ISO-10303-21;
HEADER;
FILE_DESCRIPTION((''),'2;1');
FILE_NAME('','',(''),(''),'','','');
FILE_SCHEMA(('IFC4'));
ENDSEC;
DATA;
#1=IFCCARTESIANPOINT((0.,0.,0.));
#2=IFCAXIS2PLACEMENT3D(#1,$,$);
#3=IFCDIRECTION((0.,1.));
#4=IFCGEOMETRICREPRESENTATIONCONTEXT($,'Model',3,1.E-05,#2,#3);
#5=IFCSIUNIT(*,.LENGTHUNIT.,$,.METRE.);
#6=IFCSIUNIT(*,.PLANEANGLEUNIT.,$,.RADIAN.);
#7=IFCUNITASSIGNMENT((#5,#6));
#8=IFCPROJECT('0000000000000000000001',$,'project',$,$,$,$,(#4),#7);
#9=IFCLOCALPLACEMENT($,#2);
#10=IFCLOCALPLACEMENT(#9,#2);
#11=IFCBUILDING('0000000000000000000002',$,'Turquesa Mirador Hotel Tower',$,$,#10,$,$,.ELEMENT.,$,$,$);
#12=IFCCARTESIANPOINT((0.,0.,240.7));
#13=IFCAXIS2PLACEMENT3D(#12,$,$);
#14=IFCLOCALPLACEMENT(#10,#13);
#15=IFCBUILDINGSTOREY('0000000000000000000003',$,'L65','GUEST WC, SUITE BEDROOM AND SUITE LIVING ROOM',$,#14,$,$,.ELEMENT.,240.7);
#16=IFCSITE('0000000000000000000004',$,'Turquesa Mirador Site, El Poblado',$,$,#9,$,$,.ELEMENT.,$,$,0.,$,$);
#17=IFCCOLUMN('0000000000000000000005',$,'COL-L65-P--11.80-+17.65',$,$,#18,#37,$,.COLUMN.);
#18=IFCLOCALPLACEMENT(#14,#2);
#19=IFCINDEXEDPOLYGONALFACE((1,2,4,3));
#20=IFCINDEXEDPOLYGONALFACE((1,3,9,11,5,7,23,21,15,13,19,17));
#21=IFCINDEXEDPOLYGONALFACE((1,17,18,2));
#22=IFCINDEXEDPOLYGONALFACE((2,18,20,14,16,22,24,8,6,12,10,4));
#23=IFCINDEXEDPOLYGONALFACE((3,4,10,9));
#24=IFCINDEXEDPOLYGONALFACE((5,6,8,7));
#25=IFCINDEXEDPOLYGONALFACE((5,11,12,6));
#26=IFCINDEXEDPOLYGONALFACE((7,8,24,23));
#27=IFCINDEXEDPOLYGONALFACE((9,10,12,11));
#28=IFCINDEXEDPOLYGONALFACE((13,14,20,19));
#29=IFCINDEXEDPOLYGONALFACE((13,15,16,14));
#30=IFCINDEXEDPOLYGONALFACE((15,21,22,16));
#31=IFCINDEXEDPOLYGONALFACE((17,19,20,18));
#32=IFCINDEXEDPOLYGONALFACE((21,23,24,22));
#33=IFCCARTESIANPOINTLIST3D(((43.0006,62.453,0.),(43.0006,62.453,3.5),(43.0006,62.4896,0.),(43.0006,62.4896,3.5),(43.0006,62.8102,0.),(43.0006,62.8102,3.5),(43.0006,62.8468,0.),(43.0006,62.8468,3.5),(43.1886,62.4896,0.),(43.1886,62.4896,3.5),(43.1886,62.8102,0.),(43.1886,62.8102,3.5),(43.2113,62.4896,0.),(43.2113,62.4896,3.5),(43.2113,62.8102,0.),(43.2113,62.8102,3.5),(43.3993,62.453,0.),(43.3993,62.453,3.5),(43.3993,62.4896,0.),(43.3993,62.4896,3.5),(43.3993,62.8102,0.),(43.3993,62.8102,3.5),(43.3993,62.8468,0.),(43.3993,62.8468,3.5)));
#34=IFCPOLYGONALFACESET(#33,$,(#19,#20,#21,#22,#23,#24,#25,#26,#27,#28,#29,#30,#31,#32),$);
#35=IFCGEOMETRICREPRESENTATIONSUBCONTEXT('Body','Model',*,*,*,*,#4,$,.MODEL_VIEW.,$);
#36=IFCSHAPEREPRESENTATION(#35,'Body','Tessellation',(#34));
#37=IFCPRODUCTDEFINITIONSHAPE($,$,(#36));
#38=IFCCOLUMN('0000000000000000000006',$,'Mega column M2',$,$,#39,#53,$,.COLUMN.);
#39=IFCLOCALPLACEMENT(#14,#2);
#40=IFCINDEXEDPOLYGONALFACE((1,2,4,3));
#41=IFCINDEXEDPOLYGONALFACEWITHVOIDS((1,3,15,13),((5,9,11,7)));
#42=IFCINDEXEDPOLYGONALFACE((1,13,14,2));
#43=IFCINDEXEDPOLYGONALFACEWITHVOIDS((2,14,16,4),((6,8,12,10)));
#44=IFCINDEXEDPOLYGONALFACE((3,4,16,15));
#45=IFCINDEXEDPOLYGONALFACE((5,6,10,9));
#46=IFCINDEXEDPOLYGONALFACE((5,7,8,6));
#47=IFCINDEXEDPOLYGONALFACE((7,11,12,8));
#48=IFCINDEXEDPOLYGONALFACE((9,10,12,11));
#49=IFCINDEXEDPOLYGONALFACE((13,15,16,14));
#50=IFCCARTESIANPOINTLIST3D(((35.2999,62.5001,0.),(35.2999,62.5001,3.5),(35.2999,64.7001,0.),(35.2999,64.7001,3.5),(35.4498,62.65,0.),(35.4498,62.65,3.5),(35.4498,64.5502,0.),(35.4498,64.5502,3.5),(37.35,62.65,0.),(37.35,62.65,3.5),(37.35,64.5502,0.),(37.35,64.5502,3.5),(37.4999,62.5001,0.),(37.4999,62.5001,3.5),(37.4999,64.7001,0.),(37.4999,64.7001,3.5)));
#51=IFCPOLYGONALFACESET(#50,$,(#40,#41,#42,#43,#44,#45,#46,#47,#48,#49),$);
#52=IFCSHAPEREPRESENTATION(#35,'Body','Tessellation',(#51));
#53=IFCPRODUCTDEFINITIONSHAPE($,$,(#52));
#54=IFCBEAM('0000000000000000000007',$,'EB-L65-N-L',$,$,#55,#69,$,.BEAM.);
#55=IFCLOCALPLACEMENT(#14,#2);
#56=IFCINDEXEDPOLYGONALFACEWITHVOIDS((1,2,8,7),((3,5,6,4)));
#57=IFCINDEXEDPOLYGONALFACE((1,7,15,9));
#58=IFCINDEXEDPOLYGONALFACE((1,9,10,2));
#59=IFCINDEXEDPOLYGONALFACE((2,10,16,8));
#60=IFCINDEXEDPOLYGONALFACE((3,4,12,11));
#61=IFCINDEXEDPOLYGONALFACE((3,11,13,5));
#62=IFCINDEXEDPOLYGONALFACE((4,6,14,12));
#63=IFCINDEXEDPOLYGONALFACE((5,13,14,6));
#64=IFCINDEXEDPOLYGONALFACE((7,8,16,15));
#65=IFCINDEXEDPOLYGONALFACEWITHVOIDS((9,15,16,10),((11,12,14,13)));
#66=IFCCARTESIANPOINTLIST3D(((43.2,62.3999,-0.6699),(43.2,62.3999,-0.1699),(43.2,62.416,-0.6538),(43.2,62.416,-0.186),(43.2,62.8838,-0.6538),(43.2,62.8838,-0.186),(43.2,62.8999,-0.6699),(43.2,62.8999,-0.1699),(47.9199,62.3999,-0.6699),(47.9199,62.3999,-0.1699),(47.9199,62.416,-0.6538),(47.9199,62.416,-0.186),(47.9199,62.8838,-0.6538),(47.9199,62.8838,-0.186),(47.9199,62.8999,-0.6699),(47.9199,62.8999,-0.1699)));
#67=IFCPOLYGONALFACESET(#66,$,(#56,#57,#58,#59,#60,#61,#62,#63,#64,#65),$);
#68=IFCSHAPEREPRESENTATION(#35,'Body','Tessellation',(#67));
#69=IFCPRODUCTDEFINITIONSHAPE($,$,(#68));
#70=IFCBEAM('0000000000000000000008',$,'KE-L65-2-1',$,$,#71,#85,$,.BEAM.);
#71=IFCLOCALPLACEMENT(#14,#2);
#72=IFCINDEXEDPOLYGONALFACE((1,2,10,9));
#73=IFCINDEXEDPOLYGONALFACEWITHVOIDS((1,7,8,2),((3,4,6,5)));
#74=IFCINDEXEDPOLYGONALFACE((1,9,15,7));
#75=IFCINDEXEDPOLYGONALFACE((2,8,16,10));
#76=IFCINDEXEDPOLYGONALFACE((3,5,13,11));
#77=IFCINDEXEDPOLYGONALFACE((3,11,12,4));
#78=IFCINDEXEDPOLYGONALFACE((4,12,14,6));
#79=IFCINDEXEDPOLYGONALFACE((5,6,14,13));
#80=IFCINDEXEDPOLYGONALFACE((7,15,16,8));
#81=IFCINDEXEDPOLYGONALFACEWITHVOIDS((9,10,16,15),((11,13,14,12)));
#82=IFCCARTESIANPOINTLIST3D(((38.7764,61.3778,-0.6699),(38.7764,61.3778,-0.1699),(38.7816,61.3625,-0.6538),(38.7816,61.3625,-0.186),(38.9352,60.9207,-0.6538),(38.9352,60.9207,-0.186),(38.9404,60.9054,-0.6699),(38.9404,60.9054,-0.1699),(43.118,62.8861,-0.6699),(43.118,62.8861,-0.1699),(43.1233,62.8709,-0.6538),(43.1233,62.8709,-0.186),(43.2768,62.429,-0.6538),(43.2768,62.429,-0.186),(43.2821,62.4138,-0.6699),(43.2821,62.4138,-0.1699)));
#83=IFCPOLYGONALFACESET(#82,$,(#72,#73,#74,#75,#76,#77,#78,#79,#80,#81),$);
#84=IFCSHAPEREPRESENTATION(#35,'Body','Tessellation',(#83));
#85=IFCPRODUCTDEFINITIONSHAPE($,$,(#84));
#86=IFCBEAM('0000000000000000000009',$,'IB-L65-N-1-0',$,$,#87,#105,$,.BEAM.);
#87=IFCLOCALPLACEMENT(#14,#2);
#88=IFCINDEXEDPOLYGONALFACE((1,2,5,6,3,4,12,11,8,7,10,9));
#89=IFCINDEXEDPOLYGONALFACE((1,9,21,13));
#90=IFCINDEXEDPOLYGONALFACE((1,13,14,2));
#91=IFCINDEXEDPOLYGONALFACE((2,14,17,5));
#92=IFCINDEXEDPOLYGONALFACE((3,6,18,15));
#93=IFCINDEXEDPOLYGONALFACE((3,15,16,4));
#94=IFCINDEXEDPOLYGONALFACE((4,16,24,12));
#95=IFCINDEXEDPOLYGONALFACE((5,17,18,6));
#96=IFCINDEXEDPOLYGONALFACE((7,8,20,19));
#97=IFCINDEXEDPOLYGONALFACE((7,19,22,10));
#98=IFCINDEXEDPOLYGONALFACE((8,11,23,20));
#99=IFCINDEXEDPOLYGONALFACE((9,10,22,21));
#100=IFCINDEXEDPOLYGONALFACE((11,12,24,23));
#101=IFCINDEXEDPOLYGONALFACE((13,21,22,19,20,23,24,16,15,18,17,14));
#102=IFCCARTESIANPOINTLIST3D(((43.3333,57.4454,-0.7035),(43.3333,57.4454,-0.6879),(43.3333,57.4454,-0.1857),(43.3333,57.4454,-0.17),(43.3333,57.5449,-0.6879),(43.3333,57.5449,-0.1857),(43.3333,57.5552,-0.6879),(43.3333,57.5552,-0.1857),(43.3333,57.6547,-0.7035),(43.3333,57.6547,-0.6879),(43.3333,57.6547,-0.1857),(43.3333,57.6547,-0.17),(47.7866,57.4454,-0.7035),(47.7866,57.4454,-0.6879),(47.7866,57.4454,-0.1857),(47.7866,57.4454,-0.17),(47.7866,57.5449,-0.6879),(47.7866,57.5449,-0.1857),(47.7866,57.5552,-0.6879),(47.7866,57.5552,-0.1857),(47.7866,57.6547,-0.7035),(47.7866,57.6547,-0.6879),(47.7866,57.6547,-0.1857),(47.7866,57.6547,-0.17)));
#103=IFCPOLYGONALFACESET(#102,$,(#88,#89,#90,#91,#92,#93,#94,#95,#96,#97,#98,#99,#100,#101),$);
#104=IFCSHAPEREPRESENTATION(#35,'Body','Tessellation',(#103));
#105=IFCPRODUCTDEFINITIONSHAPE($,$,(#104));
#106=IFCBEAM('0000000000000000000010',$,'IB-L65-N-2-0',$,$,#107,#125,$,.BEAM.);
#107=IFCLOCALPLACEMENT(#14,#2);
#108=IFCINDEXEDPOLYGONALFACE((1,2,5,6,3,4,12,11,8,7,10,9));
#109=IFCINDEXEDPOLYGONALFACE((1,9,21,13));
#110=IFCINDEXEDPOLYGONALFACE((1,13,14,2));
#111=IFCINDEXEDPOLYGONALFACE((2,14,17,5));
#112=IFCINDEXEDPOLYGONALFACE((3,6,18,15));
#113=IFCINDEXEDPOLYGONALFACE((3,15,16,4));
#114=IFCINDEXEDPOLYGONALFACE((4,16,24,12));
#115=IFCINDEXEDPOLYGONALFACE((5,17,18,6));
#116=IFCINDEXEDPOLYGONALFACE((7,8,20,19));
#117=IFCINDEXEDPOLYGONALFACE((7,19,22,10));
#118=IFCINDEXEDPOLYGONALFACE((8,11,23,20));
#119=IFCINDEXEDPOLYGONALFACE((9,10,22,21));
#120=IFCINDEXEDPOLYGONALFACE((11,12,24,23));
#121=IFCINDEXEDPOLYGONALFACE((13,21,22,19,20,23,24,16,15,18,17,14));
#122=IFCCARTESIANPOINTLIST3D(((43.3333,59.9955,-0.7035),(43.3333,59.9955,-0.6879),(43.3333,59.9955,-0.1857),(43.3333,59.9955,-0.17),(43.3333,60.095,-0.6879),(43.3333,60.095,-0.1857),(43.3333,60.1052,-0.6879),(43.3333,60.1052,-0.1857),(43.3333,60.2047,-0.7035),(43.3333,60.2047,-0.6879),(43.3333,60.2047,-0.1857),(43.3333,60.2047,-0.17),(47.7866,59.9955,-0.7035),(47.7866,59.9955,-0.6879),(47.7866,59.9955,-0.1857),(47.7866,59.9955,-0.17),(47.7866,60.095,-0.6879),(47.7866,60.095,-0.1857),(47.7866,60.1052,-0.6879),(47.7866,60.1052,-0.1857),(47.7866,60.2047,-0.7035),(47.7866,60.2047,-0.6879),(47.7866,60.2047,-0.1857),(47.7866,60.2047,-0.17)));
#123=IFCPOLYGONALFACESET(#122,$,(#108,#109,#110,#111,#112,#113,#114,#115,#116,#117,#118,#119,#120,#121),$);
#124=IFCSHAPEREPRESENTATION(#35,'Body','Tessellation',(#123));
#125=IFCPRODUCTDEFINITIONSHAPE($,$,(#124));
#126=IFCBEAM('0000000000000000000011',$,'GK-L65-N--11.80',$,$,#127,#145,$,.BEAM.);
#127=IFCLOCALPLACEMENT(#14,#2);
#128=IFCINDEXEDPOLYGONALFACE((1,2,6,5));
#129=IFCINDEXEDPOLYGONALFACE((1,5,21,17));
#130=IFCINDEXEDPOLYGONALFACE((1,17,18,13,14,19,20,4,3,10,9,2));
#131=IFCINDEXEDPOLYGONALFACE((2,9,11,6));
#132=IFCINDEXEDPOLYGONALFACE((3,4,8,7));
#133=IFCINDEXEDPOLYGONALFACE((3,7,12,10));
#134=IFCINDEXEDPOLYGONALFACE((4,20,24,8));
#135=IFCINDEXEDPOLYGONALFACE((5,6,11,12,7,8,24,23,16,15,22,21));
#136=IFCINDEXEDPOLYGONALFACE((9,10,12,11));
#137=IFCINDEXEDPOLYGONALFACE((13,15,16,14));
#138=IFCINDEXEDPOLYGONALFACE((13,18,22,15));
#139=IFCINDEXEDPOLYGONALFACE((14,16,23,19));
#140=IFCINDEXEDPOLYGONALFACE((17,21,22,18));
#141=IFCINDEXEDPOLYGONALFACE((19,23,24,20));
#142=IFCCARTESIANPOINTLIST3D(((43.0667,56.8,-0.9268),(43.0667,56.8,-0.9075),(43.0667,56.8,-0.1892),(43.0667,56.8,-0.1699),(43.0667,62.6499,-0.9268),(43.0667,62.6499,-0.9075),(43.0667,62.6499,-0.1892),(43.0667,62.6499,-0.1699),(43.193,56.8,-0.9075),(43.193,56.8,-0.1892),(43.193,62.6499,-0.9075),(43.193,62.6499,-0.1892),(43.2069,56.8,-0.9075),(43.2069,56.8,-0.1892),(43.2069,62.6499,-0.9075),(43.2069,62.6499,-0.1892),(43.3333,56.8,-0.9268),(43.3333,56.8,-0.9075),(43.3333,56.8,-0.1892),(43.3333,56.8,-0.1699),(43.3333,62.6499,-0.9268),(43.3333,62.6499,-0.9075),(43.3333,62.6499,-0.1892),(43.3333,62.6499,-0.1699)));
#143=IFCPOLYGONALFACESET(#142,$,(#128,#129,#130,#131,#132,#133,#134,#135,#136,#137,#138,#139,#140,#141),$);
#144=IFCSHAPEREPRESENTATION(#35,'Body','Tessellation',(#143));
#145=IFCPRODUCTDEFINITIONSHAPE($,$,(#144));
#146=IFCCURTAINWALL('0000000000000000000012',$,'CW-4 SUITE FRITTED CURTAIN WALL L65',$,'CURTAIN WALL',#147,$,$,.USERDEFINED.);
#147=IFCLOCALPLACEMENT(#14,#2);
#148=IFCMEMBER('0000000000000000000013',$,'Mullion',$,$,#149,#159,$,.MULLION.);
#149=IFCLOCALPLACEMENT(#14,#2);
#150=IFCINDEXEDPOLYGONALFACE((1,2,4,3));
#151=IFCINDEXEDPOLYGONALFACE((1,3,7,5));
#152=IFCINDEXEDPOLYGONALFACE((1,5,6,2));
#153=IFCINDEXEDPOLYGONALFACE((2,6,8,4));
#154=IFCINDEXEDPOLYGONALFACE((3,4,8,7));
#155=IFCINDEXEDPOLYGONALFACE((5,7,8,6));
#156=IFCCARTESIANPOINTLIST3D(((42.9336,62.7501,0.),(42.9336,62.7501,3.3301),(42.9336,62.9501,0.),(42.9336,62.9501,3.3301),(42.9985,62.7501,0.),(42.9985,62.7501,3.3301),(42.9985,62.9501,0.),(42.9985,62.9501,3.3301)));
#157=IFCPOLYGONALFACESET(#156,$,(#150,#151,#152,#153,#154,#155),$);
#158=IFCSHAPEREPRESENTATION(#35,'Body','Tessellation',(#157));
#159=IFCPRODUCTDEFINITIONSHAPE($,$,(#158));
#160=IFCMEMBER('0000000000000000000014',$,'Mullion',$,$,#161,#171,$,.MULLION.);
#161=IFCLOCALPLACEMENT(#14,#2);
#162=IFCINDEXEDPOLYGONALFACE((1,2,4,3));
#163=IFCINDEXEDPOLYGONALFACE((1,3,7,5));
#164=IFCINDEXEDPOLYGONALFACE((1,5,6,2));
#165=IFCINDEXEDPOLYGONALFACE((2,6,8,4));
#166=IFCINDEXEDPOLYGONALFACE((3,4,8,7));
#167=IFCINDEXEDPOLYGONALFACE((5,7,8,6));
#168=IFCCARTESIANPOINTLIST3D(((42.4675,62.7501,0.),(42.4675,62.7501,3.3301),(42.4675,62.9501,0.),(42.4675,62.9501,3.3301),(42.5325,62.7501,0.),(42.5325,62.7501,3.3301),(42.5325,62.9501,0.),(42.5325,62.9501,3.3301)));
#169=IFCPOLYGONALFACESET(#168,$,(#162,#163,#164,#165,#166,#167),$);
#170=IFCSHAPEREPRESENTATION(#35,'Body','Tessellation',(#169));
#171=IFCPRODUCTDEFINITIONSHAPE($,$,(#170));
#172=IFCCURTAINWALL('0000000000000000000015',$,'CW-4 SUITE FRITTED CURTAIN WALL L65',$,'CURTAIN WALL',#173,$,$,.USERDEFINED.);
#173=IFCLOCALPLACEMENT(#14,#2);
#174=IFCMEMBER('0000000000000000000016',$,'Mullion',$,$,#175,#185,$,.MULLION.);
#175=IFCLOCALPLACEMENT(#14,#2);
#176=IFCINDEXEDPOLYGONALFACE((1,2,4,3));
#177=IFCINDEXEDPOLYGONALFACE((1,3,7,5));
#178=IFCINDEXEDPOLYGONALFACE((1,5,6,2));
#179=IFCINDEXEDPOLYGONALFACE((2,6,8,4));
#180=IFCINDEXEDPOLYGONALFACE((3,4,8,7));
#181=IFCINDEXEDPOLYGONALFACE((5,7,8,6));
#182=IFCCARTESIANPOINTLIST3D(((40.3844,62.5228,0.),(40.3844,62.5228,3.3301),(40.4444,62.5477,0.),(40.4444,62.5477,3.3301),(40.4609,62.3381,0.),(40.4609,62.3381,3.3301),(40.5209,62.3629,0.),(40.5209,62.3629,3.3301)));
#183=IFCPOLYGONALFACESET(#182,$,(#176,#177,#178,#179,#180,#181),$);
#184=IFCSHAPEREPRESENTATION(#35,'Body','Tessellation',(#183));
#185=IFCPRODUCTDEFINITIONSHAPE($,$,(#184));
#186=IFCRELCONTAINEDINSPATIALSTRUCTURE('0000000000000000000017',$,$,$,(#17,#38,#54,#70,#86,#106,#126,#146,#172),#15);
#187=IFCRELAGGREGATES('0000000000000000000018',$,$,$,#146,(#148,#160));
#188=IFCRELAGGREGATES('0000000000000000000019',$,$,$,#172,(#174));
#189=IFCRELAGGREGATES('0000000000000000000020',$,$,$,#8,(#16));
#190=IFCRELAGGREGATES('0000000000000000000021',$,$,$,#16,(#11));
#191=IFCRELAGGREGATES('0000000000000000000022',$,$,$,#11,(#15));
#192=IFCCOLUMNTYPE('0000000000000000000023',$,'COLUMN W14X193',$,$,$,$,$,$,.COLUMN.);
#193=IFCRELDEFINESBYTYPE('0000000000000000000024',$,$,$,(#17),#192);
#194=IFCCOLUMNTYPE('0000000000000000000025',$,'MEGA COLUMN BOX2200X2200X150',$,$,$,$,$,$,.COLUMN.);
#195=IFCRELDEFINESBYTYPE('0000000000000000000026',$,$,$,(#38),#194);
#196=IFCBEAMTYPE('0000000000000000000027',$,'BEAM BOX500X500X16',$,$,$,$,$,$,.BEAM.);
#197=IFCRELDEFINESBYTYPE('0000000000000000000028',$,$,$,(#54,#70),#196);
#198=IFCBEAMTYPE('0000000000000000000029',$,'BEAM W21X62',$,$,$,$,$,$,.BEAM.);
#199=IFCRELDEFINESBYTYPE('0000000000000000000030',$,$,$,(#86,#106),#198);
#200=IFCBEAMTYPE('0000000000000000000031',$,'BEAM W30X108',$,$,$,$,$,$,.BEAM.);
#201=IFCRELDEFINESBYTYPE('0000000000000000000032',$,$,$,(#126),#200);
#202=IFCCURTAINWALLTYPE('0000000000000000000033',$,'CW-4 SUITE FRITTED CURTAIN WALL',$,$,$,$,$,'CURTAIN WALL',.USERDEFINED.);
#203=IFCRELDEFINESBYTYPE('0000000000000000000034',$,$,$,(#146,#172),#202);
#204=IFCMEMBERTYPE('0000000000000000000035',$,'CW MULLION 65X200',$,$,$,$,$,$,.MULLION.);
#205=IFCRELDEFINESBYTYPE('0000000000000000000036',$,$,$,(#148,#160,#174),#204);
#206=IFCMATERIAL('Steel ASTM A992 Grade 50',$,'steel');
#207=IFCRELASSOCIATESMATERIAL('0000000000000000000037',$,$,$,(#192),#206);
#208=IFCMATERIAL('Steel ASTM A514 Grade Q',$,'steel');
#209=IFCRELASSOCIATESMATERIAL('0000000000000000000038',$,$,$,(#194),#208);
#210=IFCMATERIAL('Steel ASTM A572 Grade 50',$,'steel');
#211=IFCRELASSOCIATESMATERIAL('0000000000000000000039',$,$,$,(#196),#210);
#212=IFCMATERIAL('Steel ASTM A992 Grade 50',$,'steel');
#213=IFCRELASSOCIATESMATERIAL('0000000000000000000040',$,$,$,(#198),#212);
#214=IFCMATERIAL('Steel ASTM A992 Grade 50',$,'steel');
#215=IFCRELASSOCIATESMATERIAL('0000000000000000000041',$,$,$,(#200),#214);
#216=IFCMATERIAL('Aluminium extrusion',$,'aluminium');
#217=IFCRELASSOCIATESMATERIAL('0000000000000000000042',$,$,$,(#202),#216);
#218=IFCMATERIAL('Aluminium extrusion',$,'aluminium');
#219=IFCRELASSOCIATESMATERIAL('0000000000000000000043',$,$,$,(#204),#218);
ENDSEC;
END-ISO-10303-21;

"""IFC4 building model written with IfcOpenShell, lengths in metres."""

from ifc_helpers import new_model, si_unit, direction, frame, origin, origin_2d, place, context, subcontext, project, spatial, rectangle, hollow_rectangle, i_section, extrude, material, material_profile, profile_set, type_object, element, aggregate, save


model = new_model("IFC4")

# Units and contexts
model_context = context("Model", 3, precision=1e-05, world=origin(), true_north=direction((0.0, 1.0)))
body_context = subcontext(model_context, "Body", "Model", "MODEL_VIEW")
ifc_project = project(units=[si_unit("LENGTHUNIT", "METRE"), si_unit("PLANEANGLEUNIT", "RADIAN")], contexts=[model_context])

# Site, building, storey
site_placement = place(None, origin())
site = spatial("IfcSite", under=ifc_project, at=site_placement, Name="Turquesa Mirador Site, El Poblado", CompositionType="ELEMENT", RefElevation=0.0)
building_placement = place(site_placement, origin())
building = spatial("IfcBuilding", under=site, at=building_placement, Name="Turquesa Mirador Hotel Tower", CompositionType="ELEMENT")
storey_placement = place(building_placement, frame((0.0, 0.0, 240.7)))
storey = spatial("IfcBuildingStorey", under=building, at=storey_placement, Name="L65", Description="GUEST WC, SUITE BEDROOM AND SUITE LIVING ROOM", CompositionType="ELEMENT", Elevation=240.7)

# Columns
ifc_material_1 = material(Name="Steel ASTM A992 Grade 50", Category="steel")
ifc_material_profile_1 = material_profile(ifc_material_1, i_section(OverallWidth=0.3987, OverallDepth=0.3938, WebThickness=0.0227, FlangeThickness=0.0366, at=origin_2d()), Name="W14X193")
ifc_profile_set_1 = profile_set([ifc_material_profile_1], Name="Steel ASTM A992 Grade 50")
column_type_1 = type_object("IfcColumnType", Name="COLUMN W14X193", PredefinedType="COLUMN", material=ifc_profile_set_1)
column_1_placement = place(storey_placement, frame((43.2, 62.6499, 0.0), z_axis=(0.0, 0.0, 1.0), x_axis=(1.0, 0.0, 0.0)))
element("IfcColumn", 1, at=column_1_placement, inside=storey, type_object=column_type_1, Name="COL-L65-P--11.80-+17.65", PredefinedType="COLUMN", context=body_context, shape_type="SweptSolid", body=[
    extrude(i_section(OverallWidth=0.3987, OverallDepth=0.3938, WebThickness=0.0227, FlangeThickness=0.0366, at=origin_2d()), origin(), (0.0, 0.0, 1.0), 3.5),
])
ifc_material_2 = material(Name="Steel ASTM A514 Grade Q", Category="steel")
ifc_material_profile_2 = material_profile(ifc_material_2, hollow_rectangle(XDim=2.2, YDim=2.2, WallThickness=0.1499, at=origin_2d()), Name="BOX2200X2200X150")
ifc_profile_set_2 = profile_set([ifc_material_profile_2], Name="Steel ASTM A514 Grade Q")
column_type_2 = type_object("IfcColumnType", Name="MEGA COLUMN BOX2200X2200X150", PredefinedType="COLUMN", material=ifc_profile_set_2)
column_2_placement = place(storey_placement, frame((36.3999, 63.6001, 0.0), z_axis=(0.0, 0.0, 1.0), x_axis=(1.0, 0.0, 0.0)))
element("IfcColumn", 2, at=column_2_placement, inside=storey, type_object=column_type_2, Name="Mega column M2", PredefinedType="COLUMN", context=body_context, shape_type="SweptSolid", body=[
    extrude(hollow_rectangle(XDim=2.2, YDim=2.2, WallThickness=0.1499, at=origin_2d()), origin(), (0.0, 0.0, 1.0), 3.5),
])

# Beams
ifc_material_3 = material(Name="Steel ASTM A572 Grade 50", Category="steel")
ifc_material_profile_3 = material_profile(ifc_material_3, hollow_rectangle(XDim=0.5, YDim=0.5, WallThickness=0.0161, at=origin_2d()), Name="BOX500X500X16")
ifc_profile_set_3 = profile_set([ifc_material_profile_3], Name="Steel ASTM A572 Grade 50")
beam_type_1 = type_object("IfcBeamType", Name="BEAM BOX500X500X16", PredefinedType="BEAM", material=ifc_profile_set_3)
beam_1_placement = place(storey_placement, frame((43.2, 62.6499, -0.4199), z_axis=(1.0, 0.0, 0.0), x_axis=(0.0, 1.0, 0.0)))
element("IfcBeam", 3, at=beam_1_placement, inside=storey, type_object=beam_type_1, Name="EB-L65-N-L", PredefinedType="BEAM", context=body_context, shape_type="SweptSolid", body=[
    extrude(hollow_rectangle(XDim=0.5, YDim=0.5, WallThickness=0.0161, at=origin_2d()), origin(), (0.0, 0.0, 1.0), 4.72),
])
beam_2_placement = place(storey_placement, frame((38.8584, 61.1416, -0.4199), z_axis=(0.944619, 0.32817, 0.0), x_axis=(-0.32817, 0.944619, 0.0)))
element("IfcBeam", 4, at=beam_2_placement, inside=storey, type_object=beam_type_1, Name="KE-L65-2-1", PredefinedType="BEAM", context=body_context, shape_type="SweptSolid", body=[
    extrude(hollow_rectangle(XDim=0.5, YDim=0.5, WallThickness=0.0161, at=origin_2d()), origin(), (0.0, 0.0, 1.0), 4.5962),
])
ifc_material_4 = material(Name="Steel ASTM A992 Grade 50", Category="steel")
ifc_material_profile_4 = material_profile(ifc_material_4, i_section(OverallWidth=0.2092, OverallDepth=0.5334, WebThickness=0.0103, FlangeThickness=0.0156, at=origin_2d()), Name="W21X62")
ifc_profile_set_4 = profile_set([ifc_material_profile_4], Name="Steel ASTM A992 Grade 50")
beam_type_2 = type_object("IfcBeamType", Name="BEAM W21X62", PredefinedType="BEAM", material=ifc_profile_set_4)
for number, where, z_axis, x_axis, name in (
    (5, (43.3333, 57.55, -0.4368), (1.0, 0.0, 0.0), (0.0, 1.0, 0.0), "IB-L65-N-1-0"),
    (6, (43.3333, 60.1001, -0.4368), (1.0, 0.0, 0.0), (0.0, 1.0, 0.0), "IB-L65-N-2-0"),
):
    element("IfcBeam", number, at=place(storey_placement, frame(where, z_axis=z_axis, x_axis=x_axis)), inside=storey, type_object=beam_type_2, Name=name, PredefinedType="BEAM", context=body_context, shape_type="SweptSolid", body=[
        extrude(i_section(OverallWidth=0.2092, OverallDepth=0.5334, WebThickness=0.0103, FlangeThickness=0.0156, at=origin_2d()), origin(), (0.0, 0.0, 1.0), 4.4534),
    ])
ifc_material_5 = material(Name="Steel ASTM A992 Grade 50", Category="steel")
ifc_material_profile_5 = material_profile(ifc_material_5, i_section(OverallWidth=0.2666, OverallDepth=0.7568, WebThickness=0.0139, FlangeThickness=0.0193, at=origin_2d()), Name="W30X108")
ifc_profile_set_5 = profile_set([ifc_material_profile_5], Name="Steel ASTM A992 Grade 50")
beam_type_3 = type_object("IfcBeamType", Name="BEAM W30X108", PredefinedType="BEAM", material=ifc_profile_set_5)
beam_3_placement = place(storey_placement, frame((43.2, 62.6499, -0.5483), z_axis=(0.0, -1.0, 0.0), x_axis=(1.0, 0.0, 0.0)))
element("IfcBeam", 7, at=beam_3_placement, inside=storey, type_object=beam_type_3, Name="GK-L65-N--11.80", PredefinedType="BEAM", context=body_context, shape_type="SweptSolid", body=[
    extrude(i_section(OverallWidth=0.2666, OverallDepth=0.7568, WebThickness=0.0139, FlangeThickness=0.0193, at=origin_2d()), origin(), (0.0, 0.0, 1.0), 5.8499),
])

# Curtain walls, members
ifc_material_6 = material(Name="Aluminium extrusion", Category="aluminium")
curtain_wall_type = type_object("IfcCurtainWallType", Name="CW-4 SUITE FRITTED CURTAIN WALL", ElementType="CURTAIN WALL", PredefinedType="USERDEFINED", material=ifc_material_6)
curtain_wall_1_placement = place(storey_placement, origin())
curtain_wall_1 = element("IfcCurtainWall", 8, at=curtain_wall_1_placement, inside=storey, type_object=curtain_wall_type, Name="CW-4 SUITE FRITTED CURTAIN WALL L65", ObjectType="CURTAIN WALL", PredefinedType="USERDEFINED")
ifc_material_7 = material(Name="Aluminium extrusion", Category="aluminium")
ifc_material_profile_6 = material_profile(ifc_material_7, rectangle(XDim=0.0649, YDim=0.2, at=origin_2d()), Name="MULLION 65X200")
ifc_profile_set_6 = profile_set([ifc_material_profile_6], Name="Aluminium extrusion")
member_type_1 = type_object("IfcMemberType", Name="CW MULLION 65X200", PredefinedType="MULLION", material=ifc_profile_set_6)
member_1_placement = place(storey_placement, frame((42.9661, 62.8501, 0.0), z_axis=(0.0, 0.0, 1.0), x_axis=(-1.0, 0.0, 0.0)))
member_1 = element("IfcMember", 9, at=member_1_placement, type_object=member_type_1, Name="Mullion", PredefinedType="MULLION", context=body_context, shape_type="SweptSolid", body=[
    extrude(rectangle(XDim=0.0649, YDim=0.2, at=origin_2d()), origin(), (0.0, 0.0, 1.0), 3.3301),
])
member_2_placement = place(storey_placement, frame((42.5, 62.8501, 0.0), z_axis=(0.0, 0.0, 1.0), x_axis=(-1.0, 0.0, 0.0)))
member_2 = element("IfcMember", 10, at=member_2_placement, type_object=member_type_1, Name="Mullion", PredefinedType="MULLION", context=body_context, shape_type="SweptSolid", body=[
    extrude(rectangle(XDim=0.0649, YDim=0.2, at=origin_2d()), origin(), (0.0, 0.0, 1.0), 3.3301),
])
curtain_wall_2_placement = place(storey_placement, origin())
curtain_wall_2 = element("IfcCurtainWall", 11, at=curtain_wall_2_placement, inside=storey, type_object=curtain_wall_type, Name="CW-4 SUITE FRITTED CURTAIN WALL L65", ObjectType="CURTAIN WALL", PredefinedType="USERDEFINED")
member_3_placement = place(storey_placement, frame((40.4526, 62.4429, 0.0), z_axis=(0.0, 0.0, 1.0), x_axis=(-0.92388, -0.382683, 0.0)))
member_3 = element("IfcMember", 12, at=member_3_placement, type_object=member_type_1, Name="Mullion", PredefinedType="MULLION", context=body_context, shape_type="SweptSolid", body=[
    extrude(rectangle(XDim=0.0649, YDim=0.2, at=origin_2d()), origin(), (0.0, 0.0, 1.0), 3.3301),
])

aggregate(curtain_wall_1, [member_1, member_2])
aggregate(curtain_wall_2, [member_3])

save(model, "model.ifc")
